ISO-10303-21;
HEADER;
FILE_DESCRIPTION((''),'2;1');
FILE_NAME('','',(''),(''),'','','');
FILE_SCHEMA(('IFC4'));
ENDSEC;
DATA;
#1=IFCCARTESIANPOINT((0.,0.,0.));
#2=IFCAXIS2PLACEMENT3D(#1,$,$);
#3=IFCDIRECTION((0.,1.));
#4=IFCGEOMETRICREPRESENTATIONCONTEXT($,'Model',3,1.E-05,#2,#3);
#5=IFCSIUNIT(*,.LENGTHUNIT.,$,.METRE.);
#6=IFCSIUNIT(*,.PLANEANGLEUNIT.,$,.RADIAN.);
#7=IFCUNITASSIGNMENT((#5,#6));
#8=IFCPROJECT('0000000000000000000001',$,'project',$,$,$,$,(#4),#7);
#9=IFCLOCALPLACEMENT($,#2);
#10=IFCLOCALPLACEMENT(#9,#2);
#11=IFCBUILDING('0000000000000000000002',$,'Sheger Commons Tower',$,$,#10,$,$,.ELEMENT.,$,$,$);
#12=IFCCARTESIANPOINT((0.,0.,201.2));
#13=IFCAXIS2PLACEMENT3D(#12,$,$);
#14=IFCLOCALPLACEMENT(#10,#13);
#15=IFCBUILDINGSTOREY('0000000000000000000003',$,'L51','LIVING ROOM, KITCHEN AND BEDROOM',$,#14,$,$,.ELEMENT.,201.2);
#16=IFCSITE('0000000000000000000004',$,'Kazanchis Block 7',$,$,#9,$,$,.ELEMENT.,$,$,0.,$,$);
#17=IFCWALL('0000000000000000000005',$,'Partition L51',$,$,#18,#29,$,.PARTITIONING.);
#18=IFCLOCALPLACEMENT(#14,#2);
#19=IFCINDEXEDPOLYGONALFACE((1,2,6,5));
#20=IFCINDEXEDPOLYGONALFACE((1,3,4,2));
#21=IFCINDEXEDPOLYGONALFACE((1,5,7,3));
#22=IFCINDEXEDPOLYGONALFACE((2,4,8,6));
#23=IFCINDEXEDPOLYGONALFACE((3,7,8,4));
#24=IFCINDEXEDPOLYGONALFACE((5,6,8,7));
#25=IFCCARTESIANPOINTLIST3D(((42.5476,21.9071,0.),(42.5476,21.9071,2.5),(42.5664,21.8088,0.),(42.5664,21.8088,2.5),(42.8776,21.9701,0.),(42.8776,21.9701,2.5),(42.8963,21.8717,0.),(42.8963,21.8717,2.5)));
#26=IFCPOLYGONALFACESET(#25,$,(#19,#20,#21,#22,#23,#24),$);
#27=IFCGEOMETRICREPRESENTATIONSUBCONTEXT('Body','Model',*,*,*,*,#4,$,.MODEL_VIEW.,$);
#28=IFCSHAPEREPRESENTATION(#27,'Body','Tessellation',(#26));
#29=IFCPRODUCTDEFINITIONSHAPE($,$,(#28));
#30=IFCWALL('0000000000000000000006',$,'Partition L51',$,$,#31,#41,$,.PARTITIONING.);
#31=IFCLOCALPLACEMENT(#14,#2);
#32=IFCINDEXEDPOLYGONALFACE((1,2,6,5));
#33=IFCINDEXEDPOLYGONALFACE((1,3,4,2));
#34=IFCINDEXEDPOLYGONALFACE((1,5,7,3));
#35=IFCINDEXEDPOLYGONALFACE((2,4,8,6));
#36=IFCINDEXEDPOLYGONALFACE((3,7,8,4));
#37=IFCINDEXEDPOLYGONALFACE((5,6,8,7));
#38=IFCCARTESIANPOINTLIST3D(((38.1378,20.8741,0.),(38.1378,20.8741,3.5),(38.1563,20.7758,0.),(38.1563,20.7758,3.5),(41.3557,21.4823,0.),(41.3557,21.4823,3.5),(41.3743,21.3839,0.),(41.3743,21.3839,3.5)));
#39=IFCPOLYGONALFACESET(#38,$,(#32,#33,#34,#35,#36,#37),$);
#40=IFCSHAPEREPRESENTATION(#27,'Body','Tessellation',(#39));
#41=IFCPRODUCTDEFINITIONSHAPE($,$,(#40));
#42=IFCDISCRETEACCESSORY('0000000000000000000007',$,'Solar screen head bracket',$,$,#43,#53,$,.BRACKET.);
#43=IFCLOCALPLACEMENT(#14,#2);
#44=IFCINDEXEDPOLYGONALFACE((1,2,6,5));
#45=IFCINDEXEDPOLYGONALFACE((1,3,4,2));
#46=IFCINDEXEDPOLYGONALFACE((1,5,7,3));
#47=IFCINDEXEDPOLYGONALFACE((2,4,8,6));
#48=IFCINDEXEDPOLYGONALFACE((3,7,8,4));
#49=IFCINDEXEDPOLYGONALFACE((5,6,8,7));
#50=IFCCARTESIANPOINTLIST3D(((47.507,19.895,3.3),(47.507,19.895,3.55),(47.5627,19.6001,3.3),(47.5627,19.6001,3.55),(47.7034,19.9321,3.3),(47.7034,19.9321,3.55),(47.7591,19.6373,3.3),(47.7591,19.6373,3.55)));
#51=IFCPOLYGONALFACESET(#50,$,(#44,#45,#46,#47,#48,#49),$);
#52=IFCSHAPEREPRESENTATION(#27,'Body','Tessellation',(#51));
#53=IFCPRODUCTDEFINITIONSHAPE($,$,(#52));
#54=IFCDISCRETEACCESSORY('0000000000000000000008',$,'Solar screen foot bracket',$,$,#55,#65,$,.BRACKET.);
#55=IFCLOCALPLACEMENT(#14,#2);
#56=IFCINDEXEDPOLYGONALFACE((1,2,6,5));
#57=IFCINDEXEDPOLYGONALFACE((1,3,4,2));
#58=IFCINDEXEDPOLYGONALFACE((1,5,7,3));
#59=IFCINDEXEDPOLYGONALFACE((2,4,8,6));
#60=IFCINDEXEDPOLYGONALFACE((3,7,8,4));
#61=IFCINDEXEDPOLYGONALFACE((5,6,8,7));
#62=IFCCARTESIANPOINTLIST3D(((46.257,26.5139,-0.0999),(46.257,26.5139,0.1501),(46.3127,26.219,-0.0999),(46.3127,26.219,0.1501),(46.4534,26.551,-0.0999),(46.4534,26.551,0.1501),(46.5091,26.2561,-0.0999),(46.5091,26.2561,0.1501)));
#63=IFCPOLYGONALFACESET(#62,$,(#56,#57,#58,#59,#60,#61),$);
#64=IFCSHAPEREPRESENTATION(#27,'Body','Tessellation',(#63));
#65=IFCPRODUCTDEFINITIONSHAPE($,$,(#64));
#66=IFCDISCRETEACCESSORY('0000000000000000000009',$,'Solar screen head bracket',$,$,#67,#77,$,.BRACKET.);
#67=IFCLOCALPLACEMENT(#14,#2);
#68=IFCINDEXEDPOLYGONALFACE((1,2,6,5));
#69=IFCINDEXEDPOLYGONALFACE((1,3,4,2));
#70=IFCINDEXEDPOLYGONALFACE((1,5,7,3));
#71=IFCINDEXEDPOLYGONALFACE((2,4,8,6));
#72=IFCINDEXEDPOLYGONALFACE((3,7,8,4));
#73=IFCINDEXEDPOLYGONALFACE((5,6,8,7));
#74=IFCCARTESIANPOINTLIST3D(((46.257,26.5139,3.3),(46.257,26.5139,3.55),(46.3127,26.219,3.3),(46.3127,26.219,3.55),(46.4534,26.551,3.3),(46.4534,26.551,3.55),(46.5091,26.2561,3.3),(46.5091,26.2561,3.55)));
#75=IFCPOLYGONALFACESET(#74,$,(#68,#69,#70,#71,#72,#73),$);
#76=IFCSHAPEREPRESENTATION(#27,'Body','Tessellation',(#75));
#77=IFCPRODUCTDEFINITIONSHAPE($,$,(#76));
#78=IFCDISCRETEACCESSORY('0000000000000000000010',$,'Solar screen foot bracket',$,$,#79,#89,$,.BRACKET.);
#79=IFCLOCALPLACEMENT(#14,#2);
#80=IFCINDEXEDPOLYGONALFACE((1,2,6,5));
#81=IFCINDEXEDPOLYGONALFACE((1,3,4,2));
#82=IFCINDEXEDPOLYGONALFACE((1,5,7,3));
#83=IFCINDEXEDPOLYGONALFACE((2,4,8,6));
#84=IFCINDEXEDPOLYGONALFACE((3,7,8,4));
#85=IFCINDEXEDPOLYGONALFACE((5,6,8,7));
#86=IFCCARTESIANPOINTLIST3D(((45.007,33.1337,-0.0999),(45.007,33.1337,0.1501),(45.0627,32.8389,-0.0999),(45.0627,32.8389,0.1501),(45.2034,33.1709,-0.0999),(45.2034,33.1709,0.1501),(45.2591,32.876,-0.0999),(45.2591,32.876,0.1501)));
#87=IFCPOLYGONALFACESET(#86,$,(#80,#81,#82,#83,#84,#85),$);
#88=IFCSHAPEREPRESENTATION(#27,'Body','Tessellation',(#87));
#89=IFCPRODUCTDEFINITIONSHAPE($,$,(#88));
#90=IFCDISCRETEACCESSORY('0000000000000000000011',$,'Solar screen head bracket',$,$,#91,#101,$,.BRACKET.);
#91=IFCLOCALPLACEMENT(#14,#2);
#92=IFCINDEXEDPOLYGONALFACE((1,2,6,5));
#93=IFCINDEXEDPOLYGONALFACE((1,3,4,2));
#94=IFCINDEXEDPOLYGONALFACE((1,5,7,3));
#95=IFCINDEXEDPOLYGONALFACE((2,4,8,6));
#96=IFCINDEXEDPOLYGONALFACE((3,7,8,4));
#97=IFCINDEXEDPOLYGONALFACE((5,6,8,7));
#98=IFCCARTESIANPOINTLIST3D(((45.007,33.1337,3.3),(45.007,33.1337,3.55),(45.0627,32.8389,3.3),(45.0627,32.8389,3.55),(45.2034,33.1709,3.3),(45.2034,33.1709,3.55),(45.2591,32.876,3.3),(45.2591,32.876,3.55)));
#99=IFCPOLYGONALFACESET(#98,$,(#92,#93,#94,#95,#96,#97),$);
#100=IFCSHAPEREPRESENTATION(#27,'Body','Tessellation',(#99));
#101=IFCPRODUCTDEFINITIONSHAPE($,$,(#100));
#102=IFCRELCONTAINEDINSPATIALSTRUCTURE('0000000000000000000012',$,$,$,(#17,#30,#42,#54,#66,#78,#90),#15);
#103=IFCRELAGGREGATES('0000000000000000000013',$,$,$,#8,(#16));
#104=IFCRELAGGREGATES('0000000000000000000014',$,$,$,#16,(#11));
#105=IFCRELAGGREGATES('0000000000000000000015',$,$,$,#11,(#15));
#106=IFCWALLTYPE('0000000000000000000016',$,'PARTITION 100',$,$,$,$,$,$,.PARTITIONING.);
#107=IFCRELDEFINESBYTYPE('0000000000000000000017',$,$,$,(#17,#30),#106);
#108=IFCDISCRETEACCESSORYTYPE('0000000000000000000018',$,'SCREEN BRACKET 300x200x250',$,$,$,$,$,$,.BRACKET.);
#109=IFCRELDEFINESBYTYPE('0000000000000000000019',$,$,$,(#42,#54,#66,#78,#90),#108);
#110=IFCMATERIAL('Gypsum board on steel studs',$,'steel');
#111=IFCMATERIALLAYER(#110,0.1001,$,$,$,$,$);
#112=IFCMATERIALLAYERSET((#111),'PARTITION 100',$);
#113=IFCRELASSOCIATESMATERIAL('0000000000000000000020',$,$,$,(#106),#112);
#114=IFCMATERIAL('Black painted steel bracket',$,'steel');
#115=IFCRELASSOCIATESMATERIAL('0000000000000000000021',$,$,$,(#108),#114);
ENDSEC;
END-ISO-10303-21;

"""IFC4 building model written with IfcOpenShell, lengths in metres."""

from ifc_helpers import new_model, si_unit, direction, frame, frame_2d, origin, origin_2d, place, context, subcontext, project, spatial, rectangle, extrude, material, layer, layer_set, type_object, element, save


model = new_model("IFC4")

# Units and contexts
model_context = context("Model", 3, precision=1e-05, world=origin(), true_north=direction((0.0, 1.0)))
body_context = subcontext(model_context, "Body", "Model", "MODEL_VIEW")
ifc_project = project(units=[si_unit("LENGTHUNIT", "METRE"), si_unit("PLANEANGLEUNIT", "RADIAN")], contexts=[model_context])

# Site, building, storey
site_placement = place(None, origin())
site = spatial("IfcSite", under=ifc_project, at=site_placement, Name="Kazanchis Block 7", CompositionType="ELEMENT", RefElevation=0.0)
building_placement = place(site_placement, origin())
building = spatial("IfcBuilding", under=site, at=building_placement, Name="Sheger Commons Tower", CompositionType="ELEMENT")
storey_placement = place(building_placement, frame((0.0, 0.0, 201.2)))
storey = spatial("IfcBuildingStorey", under=building, at=storey_placement, Name="L51", Description="LIVING ROOM, KITCHEN AND BEDROOM", CompositionType="ELEMENT", Elevation=201.2)

# Shared definitions
ifc_material_1 = material(Name="Gypsum board on steel studs", Category="steel")
ifc_layer_1 = layer(ifc_material_1, 0.1001)
ifc_layer_set_1 = layer_set([ifc_layer_1], Name="PARTITION 100")
wall_type_1 = type_object("IfcWallType", Name="PARTITION 100", PredefinedType="PARTITIONING", material=ifc_layer_set_1)

# Walls
wall_1_placement = place(storey_placement, frame((42.887, 21.9209, 0.0), z_axis=(0.0, 0.0, 1.0), x_axis=(-0.982275, -0.187446, 0.0)))
element("IfcWall", 1, at=wall_1_placement, inside=storey, type_object=wall_type_1, Name="Partition L51", PredefinedType="PARTITIONING", context=body_context, shape_type="SweptSolid", body=[
    extrude(rectangle(XDim=0.3359, YDim=0.1001, at=frame_2d((0.168, 0.0))), origin(), (0.0, 0.0, 1.0), 2.5),
])
wall_2_placement = place(storey_placement, frame((41.365, 21.4331, 0.0), z_axis=(0.0, 0.0, 1.0), x_axis=(-0.982607, -0.185697, 0.0)))
element("IfcWall", 2, at=wall_2_placement, inside=storey, type_object=wall_type_1, Name="Partition L51", PredefinedType="PARTITIONING", context=body_context, shape_type="SweptSolid", body=[
    extrude(rectangle(XDim=3.2749, YDim=0.1001, at=frame_2d((1.6375, 0.0))), origin(), (0.0, 0.0, 1.0), 3.5),
])

# Discrete accessories
ifc_material_2 = material(Name="Black painted steel bracket", Category="steel")
discrete_accessory_type = type_object("IfcDiscreteAccessoryType", Name="SCREEN BRACKET 300x200x250", PredefinedType="BRACKET", material=ifc_material_2)
for number, where, z_axis, x_axis, name in (
    (3, (47.6331, 19.7661, 3.3), (0.0, 0.0, 1.0), (-0.185615, 0.982623, 0.0), "Solar screen head bracket"),
    (4, (46.3831, 26.385, -0.0999), (0.0, 0.0, 1.0), (-0.185615, 0.982623, 0.0), "Solar screen foot bracket"),
    (5, (46.3831, 26.385, 3.3), (0.0, 0.0, 1.0), (-0.185615, 0.982623, 0.0), "Solar screen head bracket"),
    (6, (45.1331, 33.0049, -0.0999), (0.0, 0.0, 1.0), (-0.185615, 0.982623, 0.0), "Solar screen foot bracket"),
    (7, (45.1331, 33.0049, 3.3), (0.0, 0.0, 1.0), (-0.185615, 0.982623, 0.0), "Solar screen head bracket"),
):
    element("IfcDiscreteAccessory", number, at=place(storey_placement, frame(where, z_axis=z_axis, x_axis=x_axis)), inside=storey, type_object=discrete_accessory_type, Name=name, PredefinedType="BRACKET", context=body_context, shape_type="SweptSolid", body=[
        extrude(rectangle(XDim=0.3, YDim=0.2, at=origin_2d()), origin(), (0.0, 0.0, 1.0), 0.25),
    ])

save(model, "model.ifc")
